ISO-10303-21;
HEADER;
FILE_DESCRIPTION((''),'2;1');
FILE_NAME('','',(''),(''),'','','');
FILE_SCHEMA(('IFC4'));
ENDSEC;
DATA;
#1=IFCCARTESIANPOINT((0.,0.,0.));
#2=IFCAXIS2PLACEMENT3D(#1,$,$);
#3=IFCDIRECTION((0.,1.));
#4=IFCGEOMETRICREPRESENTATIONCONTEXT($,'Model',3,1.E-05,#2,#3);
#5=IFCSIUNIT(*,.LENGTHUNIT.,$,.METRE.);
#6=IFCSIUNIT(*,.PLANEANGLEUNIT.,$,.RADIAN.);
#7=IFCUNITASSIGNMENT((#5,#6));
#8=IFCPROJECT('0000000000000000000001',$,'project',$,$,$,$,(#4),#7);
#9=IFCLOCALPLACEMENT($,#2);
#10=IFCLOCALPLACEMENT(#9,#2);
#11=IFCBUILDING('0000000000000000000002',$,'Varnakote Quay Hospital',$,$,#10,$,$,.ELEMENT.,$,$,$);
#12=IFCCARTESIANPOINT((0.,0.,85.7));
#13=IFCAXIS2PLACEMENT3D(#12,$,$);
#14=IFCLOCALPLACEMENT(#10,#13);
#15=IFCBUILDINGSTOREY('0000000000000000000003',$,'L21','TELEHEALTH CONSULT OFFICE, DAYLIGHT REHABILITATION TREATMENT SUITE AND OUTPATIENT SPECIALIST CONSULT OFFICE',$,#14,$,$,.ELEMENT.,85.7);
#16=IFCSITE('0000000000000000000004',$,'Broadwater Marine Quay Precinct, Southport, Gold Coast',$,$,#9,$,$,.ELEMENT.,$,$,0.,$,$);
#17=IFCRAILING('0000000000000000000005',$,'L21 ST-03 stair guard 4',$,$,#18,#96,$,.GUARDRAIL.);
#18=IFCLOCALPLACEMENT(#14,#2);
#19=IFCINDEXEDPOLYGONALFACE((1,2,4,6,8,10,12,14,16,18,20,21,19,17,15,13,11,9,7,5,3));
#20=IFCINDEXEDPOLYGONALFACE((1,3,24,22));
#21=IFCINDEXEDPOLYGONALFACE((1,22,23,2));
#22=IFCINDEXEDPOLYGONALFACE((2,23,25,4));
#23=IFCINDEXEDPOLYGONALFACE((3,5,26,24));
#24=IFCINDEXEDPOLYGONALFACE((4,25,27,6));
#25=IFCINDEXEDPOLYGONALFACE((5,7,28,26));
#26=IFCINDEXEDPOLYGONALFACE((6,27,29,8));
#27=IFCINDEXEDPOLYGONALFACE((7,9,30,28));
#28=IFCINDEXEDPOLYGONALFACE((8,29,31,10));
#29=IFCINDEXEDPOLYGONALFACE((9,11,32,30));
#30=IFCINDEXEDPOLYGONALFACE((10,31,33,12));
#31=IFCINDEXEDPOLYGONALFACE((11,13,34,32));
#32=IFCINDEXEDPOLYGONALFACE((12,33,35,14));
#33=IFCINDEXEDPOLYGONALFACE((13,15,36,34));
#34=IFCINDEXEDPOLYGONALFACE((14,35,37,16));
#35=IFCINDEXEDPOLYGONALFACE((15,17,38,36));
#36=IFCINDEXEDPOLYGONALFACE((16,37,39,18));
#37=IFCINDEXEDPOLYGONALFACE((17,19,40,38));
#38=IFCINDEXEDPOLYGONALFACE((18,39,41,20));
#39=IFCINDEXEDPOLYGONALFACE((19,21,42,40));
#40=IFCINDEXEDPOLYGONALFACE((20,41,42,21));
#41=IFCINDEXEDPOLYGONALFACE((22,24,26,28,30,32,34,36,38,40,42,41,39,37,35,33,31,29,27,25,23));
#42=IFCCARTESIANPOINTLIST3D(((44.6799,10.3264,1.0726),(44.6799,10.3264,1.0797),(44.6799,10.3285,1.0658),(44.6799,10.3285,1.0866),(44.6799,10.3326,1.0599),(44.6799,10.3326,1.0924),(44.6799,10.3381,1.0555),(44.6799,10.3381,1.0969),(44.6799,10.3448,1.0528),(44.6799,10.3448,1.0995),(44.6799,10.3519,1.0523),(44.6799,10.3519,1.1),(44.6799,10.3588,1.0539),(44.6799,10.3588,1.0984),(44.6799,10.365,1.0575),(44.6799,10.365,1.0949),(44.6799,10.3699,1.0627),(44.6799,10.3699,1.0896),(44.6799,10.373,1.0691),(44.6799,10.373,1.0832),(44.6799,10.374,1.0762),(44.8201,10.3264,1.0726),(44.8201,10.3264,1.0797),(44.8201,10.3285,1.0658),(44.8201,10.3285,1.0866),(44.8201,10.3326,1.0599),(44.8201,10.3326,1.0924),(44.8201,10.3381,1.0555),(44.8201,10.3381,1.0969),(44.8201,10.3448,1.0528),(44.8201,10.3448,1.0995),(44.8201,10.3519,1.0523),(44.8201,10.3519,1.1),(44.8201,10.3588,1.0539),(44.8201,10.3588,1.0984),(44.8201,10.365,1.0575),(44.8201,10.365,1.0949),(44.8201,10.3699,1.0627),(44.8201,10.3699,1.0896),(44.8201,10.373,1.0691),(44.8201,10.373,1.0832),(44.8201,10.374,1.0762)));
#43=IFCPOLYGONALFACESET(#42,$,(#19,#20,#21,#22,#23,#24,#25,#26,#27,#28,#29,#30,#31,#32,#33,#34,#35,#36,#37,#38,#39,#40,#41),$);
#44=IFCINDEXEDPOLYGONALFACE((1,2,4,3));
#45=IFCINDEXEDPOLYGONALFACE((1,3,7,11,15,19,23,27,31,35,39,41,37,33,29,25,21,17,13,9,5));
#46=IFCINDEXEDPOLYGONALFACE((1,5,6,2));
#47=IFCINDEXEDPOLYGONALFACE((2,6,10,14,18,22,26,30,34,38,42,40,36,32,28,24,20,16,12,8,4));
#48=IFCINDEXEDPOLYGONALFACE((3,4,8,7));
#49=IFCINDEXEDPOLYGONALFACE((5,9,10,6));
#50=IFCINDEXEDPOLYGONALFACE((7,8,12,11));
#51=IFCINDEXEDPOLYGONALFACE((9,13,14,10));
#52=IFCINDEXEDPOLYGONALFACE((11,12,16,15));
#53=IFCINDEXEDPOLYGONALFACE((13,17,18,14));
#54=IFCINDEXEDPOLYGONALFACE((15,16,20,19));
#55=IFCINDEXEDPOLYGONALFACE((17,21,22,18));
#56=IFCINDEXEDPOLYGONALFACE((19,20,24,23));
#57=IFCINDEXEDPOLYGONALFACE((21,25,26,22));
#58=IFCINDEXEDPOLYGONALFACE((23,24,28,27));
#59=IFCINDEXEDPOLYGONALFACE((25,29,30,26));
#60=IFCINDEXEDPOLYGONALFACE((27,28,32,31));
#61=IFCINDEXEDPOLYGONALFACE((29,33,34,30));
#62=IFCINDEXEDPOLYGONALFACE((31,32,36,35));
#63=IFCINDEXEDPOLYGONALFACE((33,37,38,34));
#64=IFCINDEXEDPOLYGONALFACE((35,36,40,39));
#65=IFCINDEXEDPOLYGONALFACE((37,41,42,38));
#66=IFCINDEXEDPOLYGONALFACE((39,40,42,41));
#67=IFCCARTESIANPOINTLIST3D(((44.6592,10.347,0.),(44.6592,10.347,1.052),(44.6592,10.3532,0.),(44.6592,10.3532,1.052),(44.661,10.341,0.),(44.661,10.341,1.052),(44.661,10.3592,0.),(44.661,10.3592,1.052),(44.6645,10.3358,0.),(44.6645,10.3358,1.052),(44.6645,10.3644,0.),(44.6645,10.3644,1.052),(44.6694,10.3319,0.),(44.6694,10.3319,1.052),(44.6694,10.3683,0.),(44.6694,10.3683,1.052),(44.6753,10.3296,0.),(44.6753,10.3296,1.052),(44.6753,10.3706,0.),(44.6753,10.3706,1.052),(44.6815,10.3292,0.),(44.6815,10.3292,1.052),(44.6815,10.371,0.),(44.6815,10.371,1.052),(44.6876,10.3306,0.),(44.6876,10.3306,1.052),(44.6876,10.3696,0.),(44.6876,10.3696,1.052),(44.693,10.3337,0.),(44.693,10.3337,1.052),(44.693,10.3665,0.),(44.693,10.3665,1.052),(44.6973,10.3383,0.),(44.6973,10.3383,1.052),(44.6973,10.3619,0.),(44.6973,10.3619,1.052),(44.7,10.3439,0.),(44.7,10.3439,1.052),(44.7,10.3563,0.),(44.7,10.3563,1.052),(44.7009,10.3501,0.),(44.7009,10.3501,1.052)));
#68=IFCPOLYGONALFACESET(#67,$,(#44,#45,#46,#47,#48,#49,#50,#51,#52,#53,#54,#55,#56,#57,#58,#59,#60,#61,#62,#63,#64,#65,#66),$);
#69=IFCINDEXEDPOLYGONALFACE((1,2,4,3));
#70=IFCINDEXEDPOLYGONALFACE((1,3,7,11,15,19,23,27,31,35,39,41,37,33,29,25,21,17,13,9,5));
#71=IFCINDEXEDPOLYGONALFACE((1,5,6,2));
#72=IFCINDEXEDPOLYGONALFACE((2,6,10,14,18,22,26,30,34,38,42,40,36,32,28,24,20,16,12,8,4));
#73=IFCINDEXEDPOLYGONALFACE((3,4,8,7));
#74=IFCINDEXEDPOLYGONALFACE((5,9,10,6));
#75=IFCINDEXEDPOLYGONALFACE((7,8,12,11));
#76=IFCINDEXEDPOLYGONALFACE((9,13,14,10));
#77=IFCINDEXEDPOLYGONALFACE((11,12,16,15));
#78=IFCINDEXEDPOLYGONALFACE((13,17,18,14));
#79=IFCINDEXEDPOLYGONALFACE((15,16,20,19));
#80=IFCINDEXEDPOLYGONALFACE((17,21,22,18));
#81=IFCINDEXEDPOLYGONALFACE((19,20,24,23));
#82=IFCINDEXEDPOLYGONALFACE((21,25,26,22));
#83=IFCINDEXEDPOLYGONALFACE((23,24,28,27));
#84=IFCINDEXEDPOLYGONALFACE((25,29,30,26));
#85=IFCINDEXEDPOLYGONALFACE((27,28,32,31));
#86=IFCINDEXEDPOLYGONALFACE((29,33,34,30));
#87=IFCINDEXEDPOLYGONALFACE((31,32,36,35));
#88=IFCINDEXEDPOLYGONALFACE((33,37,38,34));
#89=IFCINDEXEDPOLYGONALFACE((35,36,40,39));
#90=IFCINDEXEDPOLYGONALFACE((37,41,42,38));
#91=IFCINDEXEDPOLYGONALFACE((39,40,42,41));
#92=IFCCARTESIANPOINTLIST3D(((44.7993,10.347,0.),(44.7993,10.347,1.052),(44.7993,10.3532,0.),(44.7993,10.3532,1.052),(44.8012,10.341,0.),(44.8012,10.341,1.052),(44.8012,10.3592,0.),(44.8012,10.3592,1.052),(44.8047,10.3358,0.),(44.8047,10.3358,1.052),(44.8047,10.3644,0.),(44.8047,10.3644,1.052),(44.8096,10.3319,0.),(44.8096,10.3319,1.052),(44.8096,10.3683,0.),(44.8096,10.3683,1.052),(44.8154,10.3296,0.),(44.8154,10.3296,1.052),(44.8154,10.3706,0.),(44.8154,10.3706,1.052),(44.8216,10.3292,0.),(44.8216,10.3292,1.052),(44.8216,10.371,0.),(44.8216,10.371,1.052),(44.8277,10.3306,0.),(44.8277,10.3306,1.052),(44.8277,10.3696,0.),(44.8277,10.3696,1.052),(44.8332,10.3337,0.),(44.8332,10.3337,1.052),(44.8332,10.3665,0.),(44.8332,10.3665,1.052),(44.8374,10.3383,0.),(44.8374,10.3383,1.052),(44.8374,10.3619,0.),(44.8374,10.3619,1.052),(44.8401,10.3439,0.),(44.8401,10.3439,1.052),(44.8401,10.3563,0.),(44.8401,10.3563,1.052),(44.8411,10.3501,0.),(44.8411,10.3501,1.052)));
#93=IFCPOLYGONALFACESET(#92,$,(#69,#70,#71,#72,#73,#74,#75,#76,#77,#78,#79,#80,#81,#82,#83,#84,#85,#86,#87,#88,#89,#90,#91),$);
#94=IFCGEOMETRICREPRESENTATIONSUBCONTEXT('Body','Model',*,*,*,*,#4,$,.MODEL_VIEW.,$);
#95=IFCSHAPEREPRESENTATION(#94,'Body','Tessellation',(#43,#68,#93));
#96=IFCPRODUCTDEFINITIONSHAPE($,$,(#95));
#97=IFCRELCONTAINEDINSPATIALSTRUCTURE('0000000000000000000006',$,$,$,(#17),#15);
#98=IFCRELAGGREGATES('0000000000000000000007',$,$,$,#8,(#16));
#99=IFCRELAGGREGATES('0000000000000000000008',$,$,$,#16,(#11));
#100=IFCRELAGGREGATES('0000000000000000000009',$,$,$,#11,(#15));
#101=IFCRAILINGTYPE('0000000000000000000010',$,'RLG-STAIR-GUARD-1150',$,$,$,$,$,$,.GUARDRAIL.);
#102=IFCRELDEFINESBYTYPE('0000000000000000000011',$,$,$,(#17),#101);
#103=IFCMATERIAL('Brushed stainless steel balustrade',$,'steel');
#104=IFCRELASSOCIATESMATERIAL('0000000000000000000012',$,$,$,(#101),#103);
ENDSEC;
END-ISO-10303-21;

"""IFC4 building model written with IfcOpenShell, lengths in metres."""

from ifc_helpers import new_model, si_unit, direction, frame, origin, origin_2d, place, context, subcontext, project, spatial, circle, extrude, material, type_object, element, save


model = new_model("IFC4")

# Units and contexts
model_context = context("Model", 3, precision=1e-05, world=origin(), true_north=direction((0.0, 1.0)))
body_context = subcontext(model_context, "Body", "Model", "MODEL_VIEW")
ifc_project = project(units=[si_unit("LENGTHUNIT", "METRE"), si_unit("PLANEANGLEUNIT", "RADIAN")], contexts=[model_context])

# Site, building, storey
site_placement = place(None, origin())
site = spatial("IfcSite", under=ifc_project, at=site_placement, Name="Broadwater Marine Quay Precinct, Southport, Gold Coast", CompositionType="ELEMENT", RefElevation=0.0)
building_placement = place(site_placement, origin())
building = spatial("IfcBuilding", under=site, at=building_placement, Name="Varnakote Quay Hospital", CompositionType="ELEMENT")
storey_placement = place(building_placement, frame((0.0, 0.0, 85.7)))
storey = spatial("IfcBuildingStorey", under=building, at=storey_placement, Name="L21", Description="TELEHEALTH CONSULT OFFICE, DAYLIGHT REHABILITATION TREATMENT SUITE AND OUTPATIENT SPECIALIST CONSULT OFFICE", CompositionType="ELEMENT", Elevation=85.7)

# Railing
ifc_material_1 = material(Name="Brushed stainless steel balustrade", Category="steel")
railing_type_1 = type_object("IfcRailingType", Name="RLG-STAIR-GUARD-1150", PredefinedType="GUARDRAIL", material=ifc_material_1)
railing_1_placement = place(storey_placement, frame((44.6799, 10.3501, 0.0)))
element("IfcRailing", 1, at=railing_1_placement, inside=storey, type_object=railing_type_1, Name="L21 ST-03 stair guard 4", PredefinedType="GUARDRAIL", context=body_context, shape_type="SweptSolid", body=[
    extrude(circle(Radius=0.0239, at=origin_2d()), frame((0.0, 0.0, 1.0762), z_axis=(1.0, 0.0, 0.0), x_axis=(0.0, 1.0, 0.0)), (0.0, 0.0, 1.0), 0.1401),
    extrude(circle(Radius=0.021, at=origin_2d()), origin(), (0.0, 0.0, 1.0), 1.052),
    extrude(circle(Radius=0.021, at=origin_2d()), frame((0.1401, 0.0, 0.0)), (0.0, 0.0, 1.0), 1.052),
])

save(model, "model.ifc")
